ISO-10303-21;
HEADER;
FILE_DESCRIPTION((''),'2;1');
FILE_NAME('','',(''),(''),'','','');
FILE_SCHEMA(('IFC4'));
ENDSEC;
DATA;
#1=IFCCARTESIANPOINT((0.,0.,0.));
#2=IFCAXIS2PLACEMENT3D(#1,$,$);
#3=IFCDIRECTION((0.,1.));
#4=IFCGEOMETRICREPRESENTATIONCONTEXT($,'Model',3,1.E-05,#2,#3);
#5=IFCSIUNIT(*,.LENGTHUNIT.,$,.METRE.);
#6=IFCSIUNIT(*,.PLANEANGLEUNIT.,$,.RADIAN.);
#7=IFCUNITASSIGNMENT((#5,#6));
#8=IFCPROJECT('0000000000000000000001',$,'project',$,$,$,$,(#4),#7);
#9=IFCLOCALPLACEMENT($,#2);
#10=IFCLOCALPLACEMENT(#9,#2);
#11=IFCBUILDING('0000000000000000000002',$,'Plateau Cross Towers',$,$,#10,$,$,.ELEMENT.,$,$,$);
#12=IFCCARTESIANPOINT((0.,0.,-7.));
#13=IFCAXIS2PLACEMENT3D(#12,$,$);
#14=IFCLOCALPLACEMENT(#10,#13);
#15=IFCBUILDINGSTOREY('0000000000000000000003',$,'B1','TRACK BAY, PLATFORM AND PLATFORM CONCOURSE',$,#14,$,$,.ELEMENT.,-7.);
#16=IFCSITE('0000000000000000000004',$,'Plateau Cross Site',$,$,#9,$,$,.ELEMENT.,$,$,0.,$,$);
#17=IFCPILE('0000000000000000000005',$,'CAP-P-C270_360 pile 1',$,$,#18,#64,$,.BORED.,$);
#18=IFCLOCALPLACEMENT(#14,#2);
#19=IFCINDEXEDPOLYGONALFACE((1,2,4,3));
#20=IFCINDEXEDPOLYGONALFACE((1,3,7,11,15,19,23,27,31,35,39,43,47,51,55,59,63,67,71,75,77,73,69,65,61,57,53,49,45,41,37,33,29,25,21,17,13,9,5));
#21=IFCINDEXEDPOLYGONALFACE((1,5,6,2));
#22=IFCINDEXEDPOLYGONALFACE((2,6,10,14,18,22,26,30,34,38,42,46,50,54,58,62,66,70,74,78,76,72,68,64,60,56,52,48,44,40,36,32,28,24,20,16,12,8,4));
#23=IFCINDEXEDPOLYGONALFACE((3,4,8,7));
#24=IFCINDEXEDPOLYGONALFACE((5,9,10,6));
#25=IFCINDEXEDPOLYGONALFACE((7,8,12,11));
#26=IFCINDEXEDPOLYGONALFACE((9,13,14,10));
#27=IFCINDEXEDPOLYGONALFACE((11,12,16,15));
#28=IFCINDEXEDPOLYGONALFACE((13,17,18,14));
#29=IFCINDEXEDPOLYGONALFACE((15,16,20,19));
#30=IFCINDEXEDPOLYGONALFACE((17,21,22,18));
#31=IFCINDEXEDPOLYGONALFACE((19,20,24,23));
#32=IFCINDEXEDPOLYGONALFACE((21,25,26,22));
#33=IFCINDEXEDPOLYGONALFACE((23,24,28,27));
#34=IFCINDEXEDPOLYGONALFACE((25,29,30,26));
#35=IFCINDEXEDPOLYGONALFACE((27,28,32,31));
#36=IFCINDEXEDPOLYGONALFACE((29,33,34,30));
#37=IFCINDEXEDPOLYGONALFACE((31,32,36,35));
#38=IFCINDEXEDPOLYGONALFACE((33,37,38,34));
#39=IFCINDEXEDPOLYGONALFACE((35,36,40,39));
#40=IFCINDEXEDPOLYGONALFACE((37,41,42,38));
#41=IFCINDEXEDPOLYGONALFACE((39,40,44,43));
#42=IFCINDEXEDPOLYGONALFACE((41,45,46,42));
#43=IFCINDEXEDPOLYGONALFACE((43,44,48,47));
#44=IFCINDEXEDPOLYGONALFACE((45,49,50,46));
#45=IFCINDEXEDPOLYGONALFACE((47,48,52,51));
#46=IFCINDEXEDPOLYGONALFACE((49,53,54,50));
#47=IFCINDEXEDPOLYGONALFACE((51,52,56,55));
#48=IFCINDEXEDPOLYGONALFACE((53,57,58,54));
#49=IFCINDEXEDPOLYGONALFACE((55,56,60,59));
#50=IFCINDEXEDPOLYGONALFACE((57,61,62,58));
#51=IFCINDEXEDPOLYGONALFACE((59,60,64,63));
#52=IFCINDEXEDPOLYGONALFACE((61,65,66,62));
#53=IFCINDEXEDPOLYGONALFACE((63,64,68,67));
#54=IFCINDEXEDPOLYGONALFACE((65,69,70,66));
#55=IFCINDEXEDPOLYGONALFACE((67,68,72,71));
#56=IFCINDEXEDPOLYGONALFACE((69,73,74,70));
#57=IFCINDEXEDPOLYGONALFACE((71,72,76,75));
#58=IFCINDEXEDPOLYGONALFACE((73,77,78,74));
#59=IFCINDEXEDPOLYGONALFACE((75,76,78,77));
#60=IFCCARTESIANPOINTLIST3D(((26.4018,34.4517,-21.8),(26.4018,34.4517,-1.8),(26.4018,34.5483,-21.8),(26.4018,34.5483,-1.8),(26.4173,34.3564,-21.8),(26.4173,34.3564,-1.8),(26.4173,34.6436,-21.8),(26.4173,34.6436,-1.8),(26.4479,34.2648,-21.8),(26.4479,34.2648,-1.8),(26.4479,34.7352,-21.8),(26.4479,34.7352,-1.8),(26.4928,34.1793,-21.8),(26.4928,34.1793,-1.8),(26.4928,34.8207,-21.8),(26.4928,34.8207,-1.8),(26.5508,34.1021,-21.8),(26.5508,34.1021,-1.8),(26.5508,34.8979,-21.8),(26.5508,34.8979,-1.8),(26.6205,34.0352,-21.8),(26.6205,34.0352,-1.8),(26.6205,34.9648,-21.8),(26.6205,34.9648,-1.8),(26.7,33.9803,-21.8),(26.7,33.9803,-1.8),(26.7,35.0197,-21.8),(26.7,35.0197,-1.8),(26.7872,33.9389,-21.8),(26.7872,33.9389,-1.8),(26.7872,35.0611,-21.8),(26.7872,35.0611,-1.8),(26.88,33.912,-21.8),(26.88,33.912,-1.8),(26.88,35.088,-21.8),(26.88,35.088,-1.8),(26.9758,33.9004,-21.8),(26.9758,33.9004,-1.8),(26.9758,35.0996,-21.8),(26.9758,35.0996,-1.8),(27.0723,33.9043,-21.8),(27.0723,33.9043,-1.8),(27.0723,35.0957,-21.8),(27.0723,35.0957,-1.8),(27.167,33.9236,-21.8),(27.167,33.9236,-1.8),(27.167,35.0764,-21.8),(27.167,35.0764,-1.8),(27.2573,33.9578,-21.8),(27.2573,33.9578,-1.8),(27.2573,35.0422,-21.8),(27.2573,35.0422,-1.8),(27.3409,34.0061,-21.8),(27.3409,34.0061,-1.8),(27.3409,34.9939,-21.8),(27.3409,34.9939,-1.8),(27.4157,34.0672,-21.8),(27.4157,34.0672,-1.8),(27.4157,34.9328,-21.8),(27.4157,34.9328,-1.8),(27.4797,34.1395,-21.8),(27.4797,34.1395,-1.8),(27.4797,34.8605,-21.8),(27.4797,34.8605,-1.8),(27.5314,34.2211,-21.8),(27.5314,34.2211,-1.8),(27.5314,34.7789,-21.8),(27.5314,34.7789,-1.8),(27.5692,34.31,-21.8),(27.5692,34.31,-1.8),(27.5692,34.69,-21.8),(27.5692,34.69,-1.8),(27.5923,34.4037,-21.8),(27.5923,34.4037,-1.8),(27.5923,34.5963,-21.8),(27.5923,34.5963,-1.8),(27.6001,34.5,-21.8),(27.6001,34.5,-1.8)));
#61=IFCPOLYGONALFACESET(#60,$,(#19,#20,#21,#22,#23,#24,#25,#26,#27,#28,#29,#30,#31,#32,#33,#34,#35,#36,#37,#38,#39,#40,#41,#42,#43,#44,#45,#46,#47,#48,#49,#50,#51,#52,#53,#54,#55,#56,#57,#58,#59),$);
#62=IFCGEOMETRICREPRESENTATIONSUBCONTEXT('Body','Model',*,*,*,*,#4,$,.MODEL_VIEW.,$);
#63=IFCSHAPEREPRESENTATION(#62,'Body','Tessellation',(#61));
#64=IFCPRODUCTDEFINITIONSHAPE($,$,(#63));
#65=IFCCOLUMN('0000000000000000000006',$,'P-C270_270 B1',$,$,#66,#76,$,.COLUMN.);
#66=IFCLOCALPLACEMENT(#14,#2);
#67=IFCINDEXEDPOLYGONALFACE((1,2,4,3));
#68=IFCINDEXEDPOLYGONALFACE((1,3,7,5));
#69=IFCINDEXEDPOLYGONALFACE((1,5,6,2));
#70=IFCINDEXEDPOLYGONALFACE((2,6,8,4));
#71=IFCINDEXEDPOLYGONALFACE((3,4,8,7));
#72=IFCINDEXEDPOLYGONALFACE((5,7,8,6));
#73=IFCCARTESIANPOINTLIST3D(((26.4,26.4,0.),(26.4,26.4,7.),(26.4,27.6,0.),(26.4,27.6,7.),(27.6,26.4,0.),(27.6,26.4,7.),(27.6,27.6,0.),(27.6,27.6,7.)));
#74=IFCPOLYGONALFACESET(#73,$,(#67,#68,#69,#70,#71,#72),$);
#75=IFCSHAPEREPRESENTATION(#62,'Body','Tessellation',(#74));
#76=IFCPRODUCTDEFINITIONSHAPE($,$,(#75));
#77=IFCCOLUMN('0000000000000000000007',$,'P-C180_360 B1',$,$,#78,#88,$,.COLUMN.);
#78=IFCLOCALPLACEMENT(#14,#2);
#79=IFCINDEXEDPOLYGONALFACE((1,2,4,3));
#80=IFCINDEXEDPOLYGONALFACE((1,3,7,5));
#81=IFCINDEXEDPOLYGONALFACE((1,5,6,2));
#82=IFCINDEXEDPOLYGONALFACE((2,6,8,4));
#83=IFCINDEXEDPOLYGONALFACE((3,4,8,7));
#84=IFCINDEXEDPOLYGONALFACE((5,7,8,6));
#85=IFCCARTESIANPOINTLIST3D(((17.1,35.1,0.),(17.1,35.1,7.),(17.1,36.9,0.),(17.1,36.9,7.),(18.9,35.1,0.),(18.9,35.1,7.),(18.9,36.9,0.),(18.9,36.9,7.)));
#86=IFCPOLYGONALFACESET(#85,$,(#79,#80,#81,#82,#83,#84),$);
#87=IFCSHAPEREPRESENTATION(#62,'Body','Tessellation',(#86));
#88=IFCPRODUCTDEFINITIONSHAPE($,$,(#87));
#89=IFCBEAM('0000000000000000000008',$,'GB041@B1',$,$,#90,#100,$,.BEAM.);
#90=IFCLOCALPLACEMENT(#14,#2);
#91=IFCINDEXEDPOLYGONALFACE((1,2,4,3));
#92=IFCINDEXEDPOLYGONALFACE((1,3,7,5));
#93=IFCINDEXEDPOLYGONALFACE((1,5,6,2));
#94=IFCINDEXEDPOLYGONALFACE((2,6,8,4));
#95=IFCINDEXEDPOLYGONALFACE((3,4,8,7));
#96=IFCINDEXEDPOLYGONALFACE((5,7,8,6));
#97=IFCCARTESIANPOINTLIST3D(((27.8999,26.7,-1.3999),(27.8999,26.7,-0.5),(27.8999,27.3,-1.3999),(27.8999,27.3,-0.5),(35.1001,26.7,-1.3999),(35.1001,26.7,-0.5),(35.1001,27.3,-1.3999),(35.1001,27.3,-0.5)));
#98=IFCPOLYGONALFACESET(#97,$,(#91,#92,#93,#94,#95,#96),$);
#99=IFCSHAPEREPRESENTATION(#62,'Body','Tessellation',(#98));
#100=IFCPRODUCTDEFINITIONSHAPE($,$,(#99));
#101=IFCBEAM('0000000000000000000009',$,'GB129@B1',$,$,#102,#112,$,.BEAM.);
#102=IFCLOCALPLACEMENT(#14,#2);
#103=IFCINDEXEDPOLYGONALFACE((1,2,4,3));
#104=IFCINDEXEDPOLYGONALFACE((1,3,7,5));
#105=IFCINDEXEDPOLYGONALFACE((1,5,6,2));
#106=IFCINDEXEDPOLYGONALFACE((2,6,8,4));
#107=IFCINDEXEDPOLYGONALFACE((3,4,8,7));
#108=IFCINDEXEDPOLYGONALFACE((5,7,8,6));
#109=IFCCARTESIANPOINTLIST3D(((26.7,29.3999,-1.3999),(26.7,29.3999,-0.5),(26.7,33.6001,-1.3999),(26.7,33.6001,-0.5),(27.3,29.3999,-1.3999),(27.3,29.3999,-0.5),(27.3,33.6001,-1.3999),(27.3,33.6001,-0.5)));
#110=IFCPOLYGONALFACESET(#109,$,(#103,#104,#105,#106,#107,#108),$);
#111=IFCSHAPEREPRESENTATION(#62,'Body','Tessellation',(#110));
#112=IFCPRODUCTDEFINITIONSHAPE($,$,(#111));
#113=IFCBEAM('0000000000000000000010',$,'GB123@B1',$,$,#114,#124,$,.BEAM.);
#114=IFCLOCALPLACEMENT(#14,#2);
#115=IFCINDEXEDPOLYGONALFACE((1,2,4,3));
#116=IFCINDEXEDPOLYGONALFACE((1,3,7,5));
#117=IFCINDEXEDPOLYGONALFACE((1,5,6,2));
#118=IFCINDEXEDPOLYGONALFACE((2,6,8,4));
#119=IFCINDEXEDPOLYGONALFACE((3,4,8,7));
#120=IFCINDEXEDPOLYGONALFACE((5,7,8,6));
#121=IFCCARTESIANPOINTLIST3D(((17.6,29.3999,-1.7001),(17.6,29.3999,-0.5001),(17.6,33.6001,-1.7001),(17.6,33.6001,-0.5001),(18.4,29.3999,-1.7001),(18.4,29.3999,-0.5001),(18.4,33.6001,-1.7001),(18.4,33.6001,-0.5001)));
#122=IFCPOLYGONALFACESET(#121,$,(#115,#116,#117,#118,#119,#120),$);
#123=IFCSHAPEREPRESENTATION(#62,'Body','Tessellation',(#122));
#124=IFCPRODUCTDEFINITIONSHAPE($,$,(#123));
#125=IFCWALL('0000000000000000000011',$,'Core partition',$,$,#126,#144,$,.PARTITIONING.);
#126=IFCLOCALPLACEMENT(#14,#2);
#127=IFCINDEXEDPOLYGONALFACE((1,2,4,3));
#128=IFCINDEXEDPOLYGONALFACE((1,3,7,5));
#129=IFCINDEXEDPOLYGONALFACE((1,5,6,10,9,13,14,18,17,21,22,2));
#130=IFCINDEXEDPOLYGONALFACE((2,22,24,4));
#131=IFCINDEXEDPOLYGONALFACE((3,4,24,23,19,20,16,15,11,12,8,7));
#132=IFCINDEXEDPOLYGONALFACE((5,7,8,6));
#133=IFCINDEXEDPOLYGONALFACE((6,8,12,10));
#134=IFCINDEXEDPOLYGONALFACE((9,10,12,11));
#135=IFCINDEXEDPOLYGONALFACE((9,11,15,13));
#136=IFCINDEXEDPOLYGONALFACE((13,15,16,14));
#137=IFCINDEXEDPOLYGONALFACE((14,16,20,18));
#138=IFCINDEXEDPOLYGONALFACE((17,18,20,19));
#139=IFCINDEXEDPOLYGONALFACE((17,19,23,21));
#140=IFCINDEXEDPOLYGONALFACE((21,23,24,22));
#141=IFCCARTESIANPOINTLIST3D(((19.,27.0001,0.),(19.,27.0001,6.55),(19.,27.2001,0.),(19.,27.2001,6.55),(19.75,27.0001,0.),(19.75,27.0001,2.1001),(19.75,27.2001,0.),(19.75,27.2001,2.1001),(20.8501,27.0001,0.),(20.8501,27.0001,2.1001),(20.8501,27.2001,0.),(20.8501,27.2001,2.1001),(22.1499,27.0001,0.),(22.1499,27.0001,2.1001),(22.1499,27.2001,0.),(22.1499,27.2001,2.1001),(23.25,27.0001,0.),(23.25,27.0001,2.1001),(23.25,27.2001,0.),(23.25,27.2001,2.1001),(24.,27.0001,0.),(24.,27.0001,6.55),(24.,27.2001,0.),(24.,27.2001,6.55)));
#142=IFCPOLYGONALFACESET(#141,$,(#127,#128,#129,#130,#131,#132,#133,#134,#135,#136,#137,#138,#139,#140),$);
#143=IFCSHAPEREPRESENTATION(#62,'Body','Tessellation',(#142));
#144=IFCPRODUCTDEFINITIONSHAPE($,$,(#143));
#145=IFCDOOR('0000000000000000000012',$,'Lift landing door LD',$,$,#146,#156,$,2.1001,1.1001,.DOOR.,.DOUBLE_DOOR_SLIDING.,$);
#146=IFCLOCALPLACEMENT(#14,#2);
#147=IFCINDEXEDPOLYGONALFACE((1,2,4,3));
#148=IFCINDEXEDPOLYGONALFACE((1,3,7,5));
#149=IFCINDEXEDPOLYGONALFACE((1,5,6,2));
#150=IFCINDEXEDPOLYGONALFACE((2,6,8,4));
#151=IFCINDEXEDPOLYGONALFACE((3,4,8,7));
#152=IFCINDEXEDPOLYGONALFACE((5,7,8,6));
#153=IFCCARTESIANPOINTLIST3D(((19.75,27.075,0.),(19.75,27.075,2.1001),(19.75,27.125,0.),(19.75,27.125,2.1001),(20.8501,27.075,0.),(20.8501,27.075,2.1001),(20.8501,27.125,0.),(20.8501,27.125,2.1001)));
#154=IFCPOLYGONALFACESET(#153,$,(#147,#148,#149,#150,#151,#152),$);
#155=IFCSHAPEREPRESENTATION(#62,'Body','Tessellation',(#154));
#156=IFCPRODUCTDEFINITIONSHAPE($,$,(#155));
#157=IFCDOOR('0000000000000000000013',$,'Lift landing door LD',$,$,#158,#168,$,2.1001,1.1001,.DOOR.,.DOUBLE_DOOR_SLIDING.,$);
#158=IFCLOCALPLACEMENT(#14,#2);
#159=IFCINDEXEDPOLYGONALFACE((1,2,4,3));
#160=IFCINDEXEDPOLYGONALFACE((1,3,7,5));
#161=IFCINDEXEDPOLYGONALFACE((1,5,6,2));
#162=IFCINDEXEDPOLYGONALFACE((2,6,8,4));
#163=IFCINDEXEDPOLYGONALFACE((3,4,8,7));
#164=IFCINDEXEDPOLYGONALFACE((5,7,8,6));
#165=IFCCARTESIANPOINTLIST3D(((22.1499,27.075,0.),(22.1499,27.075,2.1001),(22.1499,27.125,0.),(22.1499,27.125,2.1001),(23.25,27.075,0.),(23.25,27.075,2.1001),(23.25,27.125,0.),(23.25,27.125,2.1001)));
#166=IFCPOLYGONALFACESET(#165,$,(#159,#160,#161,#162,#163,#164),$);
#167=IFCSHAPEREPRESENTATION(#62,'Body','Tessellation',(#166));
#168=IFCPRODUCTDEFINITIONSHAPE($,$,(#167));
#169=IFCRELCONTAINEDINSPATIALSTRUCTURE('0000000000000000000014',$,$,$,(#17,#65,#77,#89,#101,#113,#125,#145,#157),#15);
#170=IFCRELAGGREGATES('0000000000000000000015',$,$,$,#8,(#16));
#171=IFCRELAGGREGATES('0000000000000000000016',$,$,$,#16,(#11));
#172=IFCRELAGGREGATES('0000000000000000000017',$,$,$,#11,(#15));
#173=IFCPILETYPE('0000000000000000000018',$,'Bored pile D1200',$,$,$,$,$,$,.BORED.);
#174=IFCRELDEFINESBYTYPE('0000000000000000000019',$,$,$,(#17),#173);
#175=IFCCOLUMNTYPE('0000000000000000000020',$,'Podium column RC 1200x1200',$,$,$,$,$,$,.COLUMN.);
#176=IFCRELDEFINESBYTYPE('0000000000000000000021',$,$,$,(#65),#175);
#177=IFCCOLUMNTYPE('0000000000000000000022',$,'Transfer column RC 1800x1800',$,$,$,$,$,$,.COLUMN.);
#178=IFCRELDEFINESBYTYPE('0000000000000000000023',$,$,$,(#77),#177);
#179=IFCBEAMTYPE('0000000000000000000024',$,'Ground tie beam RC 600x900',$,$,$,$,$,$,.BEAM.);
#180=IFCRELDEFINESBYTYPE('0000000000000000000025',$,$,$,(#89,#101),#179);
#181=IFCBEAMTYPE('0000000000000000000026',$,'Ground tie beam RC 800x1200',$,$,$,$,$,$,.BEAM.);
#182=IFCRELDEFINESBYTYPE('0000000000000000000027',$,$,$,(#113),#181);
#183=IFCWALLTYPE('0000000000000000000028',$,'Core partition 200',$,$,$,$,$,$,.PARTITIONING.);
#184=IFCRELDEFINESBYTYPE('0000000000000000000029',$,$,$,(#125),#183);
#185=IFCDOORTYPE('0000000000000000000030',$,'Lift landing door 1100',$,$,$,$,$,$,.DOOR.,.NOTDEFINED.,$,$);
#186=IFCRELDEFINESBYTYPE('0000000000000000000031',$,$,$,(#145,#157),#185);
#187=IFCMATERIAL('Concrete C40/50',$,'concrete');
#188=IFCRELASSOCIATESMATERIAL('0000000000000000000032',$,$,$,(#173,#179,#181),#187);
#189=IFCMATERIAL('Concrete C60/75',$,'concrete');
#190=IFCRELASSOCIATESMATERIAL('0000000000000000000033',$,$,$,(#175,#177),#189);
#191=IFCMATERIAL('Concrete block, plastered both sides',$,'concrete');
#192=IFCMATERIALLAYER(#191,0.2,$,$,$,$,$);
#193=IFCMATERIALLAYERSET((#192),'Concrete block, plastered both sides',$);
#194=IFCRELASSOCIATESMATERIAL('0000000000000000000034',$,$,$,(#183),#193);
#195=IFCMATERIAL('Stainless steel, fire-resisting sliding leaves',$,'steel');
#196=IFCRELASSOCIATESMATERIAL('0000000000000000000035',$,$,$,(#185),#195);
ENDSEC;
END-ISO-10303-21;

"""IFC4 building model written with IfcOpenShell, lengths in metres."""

from ifc_helpers import new_model, si_unit, direction, frame, frame_2d, origin, origin_2d, place, context, subcontext, project, spatial, rectangle, circle, extrude, material, layer, layer_set, material_profile, profile_set, type_object, element, fill, save


model = new_model("IFC4")

# Units and contexts
model_context = context("Model", 3, precision=1e-05, world=origin(), true_north=direction((0.0, 1.0)))
body_context = subcontext(model_context, "Body", "Model", "MODEL_VIEW")
ifc_project = project(units=[si_unit("LENGTHUNIT", "METRE"), si_unit("PLANEANGLEUNIT", "RADIAN")], contexts=[model_context])

# Site, building, storey
site_placement = place(None, origin())
site = spatial("IfcSite", under=ifc_project, at=site_placement, Name="Plateau Cross Site", CompositionType="ELEMENT", RefElevation=0.0)
building_placement = place(site_placement, origin())
building = spatial("IfcBuilding", under=site, at=building_placement, Name="Plateau Cross Towers", CompositionType="ELEMENT")
storey_placement = place(building_placement, frame((0.0, 0.0, -7.0)))
storey = spatial("IfcBuildingStorey", under=building, at=storey_placement, Name="B1", Description="TRACK BAY, PLATFORM AND PLATFORM CONCOURSE", CompositionType="ELEMENT", Elevation=-7.0)

# Pile
ifc_material_1 = material(Name="Concrete C40/50", Category="concrete")
ifc_material_profile_1 = material_profile(ifc_material_1, circle(Radius=0.6001, at=origin_2d()), Name="Bored pile D1200")
ifc_profile_set_1 = profile_set([ifc_material_profile_1], Name="Concrete C40/50")
pile_type = type_object("IfcPileType", Name="Bored pile D1200", PredefinedType="BORED", material=ifc_profile_set_1)
for number, where, z_axis, x_axis, name in (
    (1, (27.0, 34.5, -1.8), (0.0, 0.0, -1.0), (1.0, 0.0, 0.0), "CAP-P-C270_360 pile 1"),
):
    element("IfcPile", number, at=place(storey_placement, frame(where, z_axis=z_axis, x_axis=x_axis)), inside=storey, type_object=pile_type, Name=name, PredefinedType="BORED", context=body_context, shape_type="SweptSolid", body=[
        extrude(circle(Radius=0.6001, at=origin_2d()), origin(), (0.0, 0.0, 1.0), 20.0),
    ])

# Columns
ifc_material_2 = material(Name="Concrete C60/75", Category="concrete")
ifc_material_profile_2 = material_profile(ifc_material_2, rectangle(XDim=1.2, YDim=1.2, at=origin_2d()), Name="RC 1200x1200")
ifc_profile_set_2 = profile_set([ifc_material_profile_2], Name="Concrete C60/75")
column_type_1 = type_object("IfcColumnType", Name="Podium column RC 1200x1200", PredefinedType="COLUMN", material=ifc_profile_set_2)
column_1_placement = place(storey_placement, frame((27.0, 27.0, 0.0), z_axis=(0.0, 0.0, 1.0), x_axis=(1.0, 0.0, 0.0)))
element("IfcColumn", 2, at=column_1_placement, inside=storey, type_object=column_type_1, Name="P-C270_270 B1", PredefinedType="COLUMN", context=body_context, shape_type="SweptSolid", body=[
    extrude(rectangle(XDim=1.2, YDim=1.2, at=origin_2d()), origin(), (0.0, 0.0, 1.0), 7.0),
])
ifc_material_profile_3 = material_profile(ifc_material_2, rectangle(XDim=1.8, YDim=1.8, at=origin_2d()), Name="RC 1800x1800")
ifc_profile_set_3 = profile_set([ifc_material_profile_3], Name="Concrete C60/75")
column_type_2 = type_object("IfcColumnType", Name="Transfer column RC 1800x1800", PredefinedType="COLUMN", material=ifc_profile_set_3)
column_2_placement = place(storey_placement, frame((18.0, 36.0, 0.0), z_axis=(0.0, 0.0, 1.0), x_axis=(1.0, 0.0, 0.0)))
element("IfcColumn", 3, at=column_2_placement, inside=storey, type_object=column_type_2, Name="P-C180_360 B1", PredefinedType="COLUMN", context=body_context, shape_type="SweptSolid", body=[
    extrude(rectangle(XDim=1.8, YDim=1.8, at=origin_2d()), origin(), (0.0, 0.0, 1.0), 7.0),
])

# Beams
ifc_material_profile_4 = material_profile(ifc_material_1, rectangle(XDim=0.6001, YDim=0.8999, at=origin_2d()), Name="RC 600x900")
ifc_profile_set_4 = profile_set([ifc_material_profile_4], Name="Concrete C40/50")
beam_type_1 = type_object("IfcBeamType", Name="Ground tie beam RC 600x900", PredefinedType="BEAM", material=ifc_profile_set_4)
beam_1_placement = place(storey_placement, frame((27.8999, 27.0, -0.95), z_axis=(1.0, 0.0, 0.0), x_axis=(0.0, 1.0, 0.0)))
element("IfcBeam", 4, at=beam_1_placement, inside=storey, type_object=beam_type_1, Name="GB041@B1", PredefinedType="BEAM", context=body_context, shape_type="SweptSolid", body=[
    extrude(rectangle(XDim=0.6001, YDim=0.8999, at=origin_2d()), origin(), (0.0, 0.0, 1.0), 7.2002),
])
beam_2_placement = place(storey_placement, frame((27.0, 29.3999, -0.95), z_axis=(0.0, 1.0, 0.0), x_axis=(-1.0, 0.0, 0.0)))
element("IfcBeam", 5, at=beam_2_placement, inside=storey, type_object=beam_type_1, Name="GB129@B1", PredefinedType="BEAM", context=body_context, shape_type="SweptSolid", body=[
    extrude(rectangle(XDim=0.6001, YDim=0.8999, at=origin_2d()), origin(), (0.0, 0.0, 1.0), 4.2002),
])
ifc_material_profile_5 = material_profile(ifc_material_1, rectangle(XDim=0.8, YDim=1.2, at=origin_2d()), Name="RC 800x1200")
ifc_profile_set_5 = profile_set([ifc_material_profile_5], Name="Concrete C40/50")
beam_type_2 = type_object("IfcBeamType", Name="Ground tie beam RC 800x1200", PredefinedType="BEAM", material=ifc_profile_set_5)
beam_3_placement = place(storey_placement, frame((18.0, 29.3999, -1.1001), z_axis=(0.0, 1.0, 0.0), x_axis=(-1.0, 0.0, 0.0)))
element("IfcBeam", 6, at=beam_3_placement, inside=storey, type_object=beam_type_2, Name="GB123@B1", PredefinedType="BEAM", context=body_context, shape_type="SweptSolid", body=[
    extrude(rectangle(XDim=0.8, YDim=1.2, at=origin_2d()), origin(), (0.0, 0.0, 1.0), 4.2002),
])

# Wall, openings, doors
ifc_material_3 = material(Name="Concrete block, plastered both sides", Category="concrete")
ifc_layer_1 = layer(ifc_material_3, 0.2)
ifc_layer_set_1 = layer_set([ifc_layer_1], Name="Concrete block, plastered both sides")
wall_type_1 = type_object("IfcWallType", Name="Core partition 200", PredefinedType="PARTITIONING", material=ifc_layer_set_1)
wall_1_placement = place(storey_placement, frame((19.0, 27.1001, 0.0), z_axis=(0.0, 0.0, 1.0), x_axis=(1.0, 0.0, 0.0)))
wall_1 = element("IfcWall", 7, at=wall_1_placement, inside=storey, type_object=wall_type_1, Name="Core partition", PredefinedType="PARTITIONING", context=body_context, shape_type="SweptSolid", body=[
    extrude(rectangle(XDim=5.0, YDim=0.2, at=frame_2d((2.5, 0.0))), origin(), (0.0, 0.0, 1.0), 6.55),
])
opening_1_placement = place(wall_1_placement, frame((0.75, 0.0, 0.0)))
opening_1 = element("IfcOpeningElement", 8, at=opening_1_placement, cuts=wall_1, PredefinedType="OPENING", context=body_context, shape_type="SweptSolid", body=[
    extrude(rectangle(XDim=1.1001, YDim=2.1001, at=frame_2d((0.55, 1.05))), frame((0.0, 0.1099, 0.0), z_axis=(0.0, -1.0, 0.0), x_axis=(1.0, 0.0, 0.0)), (0.0, 0.0, 1.0), 0.22),
])
opening_2_placement = place(wall_1_placement, frame((3.1499, 0.0, 0.0)))
opening_2 = element("IfcOpeningElement", 9, at=opening_2_placement, cuts=wall_1, PredefinedType="OPENING", context=body_context, shape_type="SweptSolid", body=[
    extrude(rectangle(XDim=1.1001, YDim=2.1001, at=frame_2d((0.55, 1.05))), frame((0.0, 0.1099, 0.0), z_axis=(0.0, -1.0, 0.0), x_axis=(1.0, 0.0, 0.0)), (0.0, 0.0, 1.0), 0.22),
])
ifc_material_4 = material(Name="Stainless steel, fire-resisting sliding leaves", Category="steel")
door_type_1 = type_object("IfcDoorType", Name="Lift landing door 1100", OperationType="NOTDEFINED", PredefinedType="DOOR", material=ifc_material_4)
door_1_placement = place(opening_1_placement, origin())
door_1 = element("IfcDoor", 10, at=door_1_placement, inside=storey, type_object=door_type_1, Name="Lift landing door LD", OperationType="DOUBLE_DOOR_SLIDING", OverallHeight=2.1001, OverallWidth=1.1001, PredefinedType="DOOR", context=body_context, shape_type="SweptSolid", body=[
    extrude(rectangle(XDim=1.1001, YDim=2.1001, at=frame_2d((0.55, 1.05))), frame((0.0, 0.0249, 0.0), z_axis=(0.0, -1.0, 0.0), x_axis=(1.0, 0.0, 0.0)), (0.0, 0.0, 1.0), 0.05),
])
fill(opening_1, door_1)
door_2_placement = place(opening_2_placement, origin())
door_2 = element("IfcDoor", 11, at=door_2_placement, inside=storey, type_object=door_type_1, Name="Lift landing door LD", OperationType="DOUBLE_DOOR_SLIDING", OverallHeight=2.1001, OverallWidth=1.1001, PredefinedType="DOOR", context=body_context, shape_type="SweptSolid", body=[
    extrude(rectangle(XDim=1.1001, YDim=2.1001, at=frame_2d((0.55, 1.05))), frame((0.0, 0.0249, 0.0), z_axis=(0.0, -1.0, 0.0), x_axis=(1.0, 0.0, 0.0)), (0.0, 0.0, 1.0), 0.05),
])
fill(opening_2, door_2)

save(model, "model.ifc")
